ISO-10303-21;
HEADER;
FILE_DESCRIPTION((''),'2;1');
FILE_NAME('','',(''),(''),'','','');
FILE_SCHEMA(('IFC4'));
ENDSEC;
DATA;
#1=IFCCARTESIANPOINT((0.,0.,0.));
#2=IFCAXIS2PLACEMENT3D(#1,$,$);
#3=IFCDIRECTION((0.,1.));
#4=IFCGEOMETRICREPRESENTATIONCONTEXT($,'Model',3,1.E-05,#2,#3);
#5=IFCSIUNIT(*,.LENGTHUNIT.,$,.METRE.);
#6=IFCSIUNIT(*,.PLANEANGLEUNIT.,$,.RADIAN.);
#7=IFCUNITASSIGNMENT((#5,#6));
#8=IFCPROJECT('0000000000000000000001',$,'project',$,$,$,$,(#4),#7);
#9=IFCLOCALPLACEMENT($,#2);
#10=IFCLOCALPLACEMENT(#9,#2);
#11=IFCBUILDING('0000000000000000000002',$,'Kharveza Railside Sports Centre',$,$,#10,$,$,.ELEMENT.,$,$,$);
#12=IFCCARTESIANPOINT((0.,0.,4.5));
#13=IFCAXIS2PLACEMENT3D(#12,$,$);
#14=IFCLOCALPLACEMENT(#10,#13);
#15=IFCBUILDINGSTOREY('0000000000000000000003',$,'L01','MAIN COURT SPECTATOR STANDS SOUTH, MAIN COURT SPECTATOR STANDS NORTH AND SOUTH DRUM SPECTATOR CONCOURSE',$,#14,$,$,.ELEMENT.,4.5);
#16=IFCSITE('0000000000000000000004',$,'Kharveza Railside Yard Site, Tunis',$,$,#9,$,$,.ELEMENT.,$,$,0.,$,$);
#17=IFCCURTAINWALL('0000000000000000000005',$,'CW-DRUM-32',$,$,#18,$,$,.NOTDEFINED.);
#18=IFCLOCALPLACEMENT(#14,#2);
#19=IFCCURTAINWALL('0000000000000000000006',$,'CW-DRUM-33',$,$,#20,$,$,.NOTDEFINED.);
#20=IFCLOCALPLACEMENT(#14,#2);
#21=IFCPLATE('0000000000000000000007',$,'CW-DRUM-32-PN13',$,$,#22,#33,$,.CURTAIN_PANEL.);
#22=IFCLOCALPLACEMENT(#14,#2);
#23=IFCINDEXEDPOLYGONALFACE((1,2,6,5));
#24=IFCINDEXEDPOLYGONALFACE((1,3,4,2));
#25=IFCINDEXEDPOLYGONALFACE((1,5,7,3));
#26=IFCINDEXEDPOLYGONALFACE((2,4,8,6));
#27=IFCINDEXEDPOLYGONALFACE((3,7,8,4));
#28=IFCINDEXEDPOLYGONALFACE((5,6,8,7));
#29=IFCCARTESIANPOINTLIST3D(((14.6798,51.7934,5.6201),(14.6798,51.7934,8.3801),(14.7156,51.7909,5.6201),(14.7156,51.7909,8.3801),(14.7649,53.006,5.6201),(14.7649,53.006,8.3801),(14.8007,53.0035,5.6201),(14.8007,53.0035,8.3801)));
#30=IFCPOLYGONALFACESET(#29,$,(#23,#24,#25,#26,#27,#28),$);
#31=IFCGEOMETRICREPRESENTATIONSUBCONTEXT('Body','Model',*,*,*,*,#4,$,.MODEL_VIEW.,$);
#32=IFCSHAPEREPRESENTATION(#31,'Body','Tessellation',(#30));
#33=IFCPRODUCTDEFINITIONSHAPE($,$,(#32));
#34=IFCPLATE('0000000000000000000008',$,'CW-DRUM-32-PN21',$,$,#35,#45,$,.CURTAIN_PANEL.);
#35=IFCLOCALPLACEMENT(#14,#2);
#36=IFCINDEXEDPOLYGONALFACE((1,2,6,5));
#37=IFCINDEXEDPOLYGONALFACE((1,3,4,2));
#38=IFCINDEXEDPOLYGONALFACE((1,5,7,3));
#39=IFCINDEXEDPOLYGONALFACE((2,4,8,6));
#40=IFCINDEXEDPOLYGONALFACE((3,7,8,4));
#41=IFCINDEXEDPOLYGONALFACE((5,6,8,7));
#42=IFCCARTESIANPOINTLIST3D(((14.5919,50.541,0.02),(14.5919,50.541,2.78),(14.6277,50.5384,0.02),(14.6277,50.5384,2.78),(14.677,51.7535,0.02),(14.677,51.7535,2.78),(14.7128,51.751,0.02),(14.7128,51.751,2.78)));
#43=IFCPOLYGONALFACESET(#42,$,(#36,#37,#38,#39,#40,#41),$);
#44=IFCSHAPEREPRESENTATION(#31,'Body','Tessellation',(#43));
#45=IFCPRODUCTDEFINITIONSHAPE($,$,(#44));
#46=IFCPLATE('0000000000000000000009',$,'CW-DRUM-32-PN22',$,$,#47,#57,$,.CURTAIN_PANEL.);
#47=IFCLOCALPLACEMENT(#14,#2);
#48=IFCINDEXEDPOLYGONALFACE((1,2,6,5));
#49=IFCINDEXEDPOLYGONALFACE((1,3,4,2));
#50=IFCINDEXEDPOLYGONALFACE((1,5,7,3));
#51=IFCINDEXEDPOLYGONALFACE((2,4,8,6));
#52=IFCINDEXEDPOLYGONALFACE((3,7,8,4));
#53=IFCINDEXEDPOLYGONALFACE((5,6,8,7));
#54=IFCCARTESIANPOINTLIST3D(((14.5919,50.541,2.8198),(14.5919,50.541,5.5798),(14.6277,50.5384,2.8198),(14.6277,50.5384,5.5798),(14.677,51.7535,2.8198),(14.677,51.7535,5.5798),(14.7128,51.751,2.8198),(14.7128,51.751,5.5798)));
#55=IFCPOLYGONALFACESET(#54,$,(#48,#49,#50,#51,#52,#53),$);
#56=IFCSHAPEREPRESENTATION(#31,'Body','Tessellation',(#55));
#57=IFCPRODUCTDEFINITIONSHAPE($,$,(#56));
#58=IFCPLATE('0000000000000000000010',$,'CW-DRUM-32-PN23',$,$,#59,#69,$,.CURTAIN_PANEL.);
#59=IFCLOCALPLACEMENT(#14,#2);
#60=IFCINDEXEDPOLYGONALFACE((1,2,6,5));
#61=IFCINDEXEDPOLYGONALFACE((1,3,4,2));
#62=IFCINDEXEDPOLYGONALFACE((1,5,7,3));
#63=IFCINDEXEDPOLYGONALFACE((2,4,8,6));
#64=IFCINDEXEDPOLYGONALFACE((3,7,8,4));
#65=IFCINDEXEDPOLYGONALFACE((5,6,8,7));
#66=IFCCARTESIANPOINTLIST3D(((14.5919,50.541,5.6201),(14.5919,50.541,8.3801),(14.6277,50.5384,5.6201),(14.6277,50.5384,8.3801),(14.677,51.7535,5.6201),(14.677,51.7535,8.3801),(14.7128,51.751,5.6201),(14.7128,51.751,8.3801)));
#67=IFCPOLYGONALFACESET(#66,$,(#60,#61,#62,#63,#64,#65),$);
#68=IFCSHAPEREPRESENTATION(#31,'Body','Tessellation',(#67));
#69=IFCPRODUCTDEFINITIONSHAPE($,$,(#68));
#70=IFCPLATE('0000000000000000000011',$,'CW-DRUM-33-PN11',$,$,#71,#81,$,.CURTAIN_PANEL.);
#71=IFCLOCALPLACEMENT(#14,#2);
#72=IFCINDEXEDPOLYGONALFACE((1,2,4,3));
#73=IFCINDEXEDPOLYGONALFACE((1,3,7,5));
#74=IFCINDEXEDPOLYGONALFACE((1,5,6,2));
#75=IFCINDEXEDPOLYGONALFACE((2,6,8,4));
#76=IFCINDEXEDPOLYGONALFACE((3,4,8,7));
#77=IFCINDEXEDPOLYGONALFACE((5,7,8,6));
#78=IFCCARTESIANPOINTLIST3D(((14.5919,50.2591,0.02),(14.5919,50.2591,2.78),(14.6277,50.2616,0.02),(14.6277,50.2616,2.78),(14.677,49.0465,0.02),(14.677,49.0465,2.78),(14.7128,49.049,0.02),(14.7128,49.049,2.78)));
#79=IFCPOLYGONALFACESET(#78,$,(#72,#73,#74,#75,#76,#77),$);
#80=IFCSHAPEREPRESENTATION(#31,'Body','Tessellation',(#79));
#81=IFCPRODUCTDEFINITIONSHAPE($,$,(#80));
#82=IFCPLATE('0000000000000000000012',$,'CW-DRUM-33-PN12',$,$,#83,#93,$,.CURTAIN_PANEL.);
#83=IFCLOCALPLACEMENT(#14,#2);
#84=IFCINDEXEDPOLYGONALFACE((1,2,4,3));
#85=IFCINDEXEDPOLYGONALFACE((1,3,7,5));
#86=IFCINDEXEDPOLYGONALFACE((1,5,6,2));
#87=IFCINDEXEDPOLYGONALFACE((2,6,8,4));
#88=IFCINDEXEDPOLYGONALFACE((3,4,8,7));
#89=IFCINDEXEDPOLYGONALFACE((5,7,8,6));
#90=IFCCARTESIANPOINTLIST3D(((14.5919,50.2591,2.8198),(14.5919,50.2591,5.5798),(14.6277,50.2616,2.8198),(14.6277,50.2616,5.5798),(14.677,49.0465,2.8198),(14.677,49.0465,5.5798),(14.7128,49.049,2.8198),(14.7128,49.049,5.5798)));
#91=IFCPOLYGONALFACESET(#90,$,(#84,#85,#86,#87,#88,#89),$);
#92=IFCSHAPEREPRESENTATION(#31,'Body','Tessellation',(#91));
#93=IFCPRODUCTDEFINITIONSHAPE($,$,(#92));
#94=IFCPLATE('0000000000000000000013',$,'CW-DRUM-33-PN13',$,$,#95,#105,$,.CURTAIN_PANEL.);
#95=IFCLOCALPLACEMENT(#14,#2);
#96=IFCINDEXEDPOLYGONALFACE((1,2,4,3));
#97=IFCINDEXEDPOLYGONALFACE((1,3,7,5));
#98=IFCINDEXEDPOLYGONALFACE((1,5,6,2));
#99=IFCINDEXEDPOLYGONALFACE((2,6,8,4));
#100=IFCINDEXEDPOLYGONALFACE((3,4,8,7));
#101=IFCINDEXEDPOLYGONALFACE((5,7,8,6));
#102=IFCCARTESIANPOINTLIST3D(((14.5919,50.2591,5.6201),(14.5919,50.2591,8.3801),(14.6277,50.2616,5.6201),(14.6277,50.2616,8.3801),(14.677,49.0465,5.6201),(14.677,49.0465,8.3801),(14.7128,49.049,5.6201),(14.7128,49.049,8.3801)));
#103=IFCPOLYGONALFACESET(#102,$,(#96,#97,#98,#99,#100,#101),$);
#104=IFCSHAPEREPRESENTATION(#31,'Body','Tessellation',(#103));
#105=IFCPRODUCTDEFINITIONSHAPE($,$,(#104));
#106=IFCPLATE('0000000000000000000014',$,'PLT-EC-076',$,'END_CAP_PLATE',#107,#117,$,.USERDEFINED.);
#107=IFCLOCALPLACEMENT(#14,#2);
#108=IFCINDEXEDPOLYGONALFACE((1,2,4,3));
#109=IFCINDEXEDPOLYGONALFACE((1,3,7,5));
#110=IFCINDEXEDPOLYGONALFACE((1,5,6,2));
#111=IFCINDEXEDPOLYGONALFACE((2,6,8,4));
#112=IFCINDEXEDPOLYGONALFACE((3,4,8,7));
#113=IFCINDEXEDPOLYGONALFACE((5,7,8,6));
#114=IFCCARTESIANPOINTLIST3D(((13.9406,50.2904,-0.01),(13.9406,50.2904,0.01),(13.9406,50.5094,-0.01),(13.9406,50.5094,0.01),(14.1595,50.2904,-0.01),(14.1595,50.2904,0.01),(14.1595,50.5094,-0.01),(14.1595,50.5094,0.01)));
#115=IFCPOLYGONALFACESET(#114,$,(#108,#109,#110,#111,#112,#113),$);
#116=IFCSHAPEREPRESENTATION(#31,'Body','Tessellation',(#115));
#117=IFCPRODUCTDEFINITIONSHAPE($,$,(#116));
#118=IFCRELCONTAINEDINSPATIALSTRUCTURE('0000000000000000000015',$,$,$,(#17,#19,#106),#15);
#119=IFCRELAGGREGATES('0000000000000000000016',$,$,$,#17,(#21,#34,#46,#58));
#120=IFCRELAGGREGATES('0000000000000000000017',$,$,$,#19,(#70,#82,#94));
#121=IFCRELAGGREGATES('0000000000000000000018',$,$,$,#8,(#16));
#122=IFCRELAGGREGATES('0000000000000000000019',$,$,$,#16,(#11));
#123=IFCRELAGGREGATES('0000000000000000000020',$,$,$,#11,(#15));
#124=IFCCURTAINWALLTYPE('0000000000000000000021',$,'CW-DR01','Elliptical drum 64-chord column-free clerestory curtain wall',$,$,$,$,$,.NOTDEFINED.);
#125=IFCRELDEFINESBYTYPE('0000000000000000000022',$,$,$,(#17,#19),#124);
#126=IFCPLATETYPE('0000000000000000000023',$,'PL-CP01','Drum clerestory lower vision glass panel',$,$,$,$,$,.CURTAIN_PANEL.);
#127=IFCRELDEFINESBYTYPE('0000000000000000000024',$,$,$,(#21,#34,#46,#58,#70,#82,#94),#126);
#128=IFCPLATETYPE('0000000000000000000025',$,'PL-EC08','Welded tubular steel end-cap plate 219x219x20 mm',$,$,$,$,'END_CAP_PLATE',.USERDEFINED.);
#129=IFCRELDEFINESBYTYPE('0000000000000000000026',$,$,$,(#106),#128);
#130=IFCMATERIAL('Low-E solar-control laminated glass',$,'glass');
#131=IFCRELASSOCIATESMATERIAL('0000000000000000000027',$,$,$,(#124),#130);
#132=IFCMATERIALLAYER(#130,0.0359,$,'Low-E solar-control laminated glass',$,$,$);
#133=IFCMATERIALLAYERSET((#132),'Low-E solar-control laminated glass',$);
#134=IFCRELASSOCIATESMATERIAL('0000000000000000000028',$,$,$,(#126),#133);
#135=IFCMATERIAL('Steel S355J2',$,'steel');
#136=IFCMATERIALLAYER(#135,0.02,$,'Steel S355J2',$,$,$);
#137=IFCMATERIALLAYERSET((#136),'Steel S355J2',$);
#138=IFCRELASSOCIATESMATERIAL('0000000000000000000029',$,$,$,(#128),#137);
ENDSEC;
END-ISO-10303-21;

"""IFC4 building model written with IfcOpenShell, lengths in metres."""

from ifc_helpers import new_model, si_unit, direction, frame, origin, origin_2d, place, context, subcontext, project, spatial, rectangle, extrude, material, layer, layer_set, type_object, element, aggregate, save


model = new_model("IFC4")

# Units and contexts
model_context = context("Model", 3, precision=1e-05, world=origin(), true_north=direction((0.0, 1.0)))
body_context = subcontext(model_context, "Body", "Model", "MODEL_VIEW")
ifc_project = project(units=[si_unit("LENGTHUNIT", "METRE"), si_unit("PLANEANGLEUNIT", "RADIAN")], contexts=[model_context])

# Site, building, storey
site_placement = place(None, origin())
site = spatial("IfcSite", under=ifc_project, at=site_placement, Name="Kharveza Railside Yard Site, Tunis", CompositionType="ELEMENT", RefElevation=0.0)
building_placement = place(site_placement, origin())
building = spatial("IfcBuilding", under=site, at=building_placement, Name="Kharveza Railside Sports Centre", CompositionType="ELEMENT")
storey_placement = place(building_placement, frame((0.0, 0.0, 4.5)))
storey = spatial("IfcBuildingStorey", under=building, at=storey_placement, Name="L01", Description="MAIN COURT SPECTATOR STANDS SOUTH, MAIN COURT SPECTATOR STANDS NORTH AND SOUTH DRUM SPECTATOR CONCOURSE", CompositionType="ELEMENT", Elevation=4.5)

# Shared definitions
ifc_material_1 = material(Name="Low-E solar-control laminated glass", Category="glass")
curtain_wall_type = type_object("IfcCurtainWallType", Name="CW-DR01", Description="Elliptical drum 64-chord column-free clerestory curtain wall", PredefinedType="NOTDEFINED", material=ifc_material_1)

# Curtain wall
curtain_wall_1_placement = place(storey_placement, origin())
curtain_wall_1 = element("IfcCurtainWall", 1, at=curtain_wall_1_placement, inside=storey, type_object=curtain_wall_type, Name="CW-DRUM-32", PredefinedType="NOTDEFINED")

# Curtain wall
curtain_wall_2_placement = place(storey_placement, origin())
curtain_wall_2 = element("IfcCurtainWall", 2, at=curtain_wall_2_placement, inside=storey, type_object=curtain_wall_type, Name="CW-DRUM-33", PredefinedType="NOTDEFINED")

# Shared definitions
ifc_material_2 = material(Name="Steel S355J2", Category="steel")

# Plates
ifc_layer_1 = layer(ifc_material_1, 0.0359, Name="Low-E solar-control laminated glass")
ifc_layer_set_1 = layer_set([ifc_layer_1], Name="Low-E solar-control laminated glass")
plate_type_1 = type_object("IfcPlateType", Name="PL-CP01", Description="Drum clerestory lower vision glass panel", PredefinedType="CURTAIN_PANEL", material=ifc_layer_set_1)
plate_1_placement = place(storey_placement, frame((14.7402, 52.3984, 5.6201), z_axis=(0.0, 0.0, 1.0), x_axis=(-0.070018, -0.997546, 0.0)))
plate_1 = element("IfcPlate", 3, at=plate_1_placement, type_object=plate_type_1, Name="CW-DRUM-32-PN13", PredefinedType="CURTAIN_PANEL", context=body_context, shape_type="SweptSolid", body=[
    extrude(rectangle(XDim=1.2156, YDim=0.0359, at=origin_2d()), origin(), (0.0, 0.0, 1.0), 2.76),
])
plate_2_placement = place(storey_placement, frame((14.6523, 51.146, 0.02), z_axis=(0.0, 0.0, 1.0), x_axis=(-0.070018, -0.997546, 0.0)))
plate_2 = element("IfcPlate", 4, at=plate_2_placement, type_object=plate_type_1, Name="CW-DRUM-32-PN21", PredefinedType="CURTAIN_PANEL", context=body_context, shape_type="SweptSolid", body=[
    extrude(rectangle(XDim=1.2156, YDim=0.0359, at=origin_2d()), origin(), (0.0, 0.0, 1.0), 2.76),
])
plate_3_placement = place(storey_placement, frame((14.6523, 51.146, 2.8198), z_axis=(0.0, 0.0, 1.0), x_axis=(-0.070018, -0.997546, 0.0)))
plate_3 = element("IfcPlate", 5, at=plate_3_placement, type_object=plate_type_1, Name="CW-DRUM-32-PN22", PredefinedType="CURTAIN_PANEL", context=body_context, shape_type="SweptSolid", body=[
    extrude(rectangle(XDim=1.2156, YDim=0.0359, at=origin_2d()), origin(), (0.0, 0.0, 1.0), 2.76),
])
plate_4_placement = place(storey_placement, frame((14.6523, 51.146, 5.6201), z_axis=(0.0, 0.0, 1.0), x_axis=(-0.070018, -0.997546, 0.0)))
plate_4 = element("IfcPlate", 6, at=plate_4_placement, type_object=plate_type_1, Name="CW-DRUM-32-PN23", PredefinedType="CURTAIN_PANEL", context=body_context, shape_type="SweptSolid", body=[
    extrude(rectangle(XDim=1.2156, YDim=0.0359, at=origin_2d()), origin(), (0.0, 0.0, 1.0), 2.76),
])
aggregate(curtain_wall_1, [plate_1, plate_2, plate_3, plate_4])
plate_5_placement = place(storey_placement, frame((14.6523, 49.6541, 0.02), z_axis=(0.0, 0.0, 1.0), x_axis=(0.070018, -0.997546, 0.0)))
plate_5 = element("IfcPlate", 7, at=plate_5_placement, type_object=plate_type_1, Name="CW-DRUM-33-PN11", PredefinedType="CURTAIN_PANEL", context=body_context, shape_type="SweptSolid", body=[
    extrude(rectangle(XDim=1.2156, YDim=0.0359, at=origin_2d()), origin(), (0.0, 0.0, 1.0), 2.76),
])
plate_6_placement = place(storey_placement, frame((14.6523, 49.6541, 2.8198), z_axis=(0.0, 0.0, 1.0), x_axis=(0.070018, -0.997546, 0.0)))
plate_6 = element("IfcPlate", 8, at=plate_6_placement, type_object=plate_type_1, Name="CW-DRUM-33-PN12", PredefinedType="CURTAIN_PANEL", context=body_context, shape_type="SweptSolid", body=[
    extrude(rectangle(XDim=1.2156, YDim=0.0359, at=origin_2d()), origin(), (0.0, 0.0, 1.0), 2.76),
])
plate_7_placement = place(storey_placement, frame((14.6523, 49.6541, 5.6201), z_axis=(0.0, 0.0, 1.0), x_axis=(0.070018, -0.997546, 0.0)))
plate_7 = element("IfcPlate", 9, at=plate_7_placement, type_object=plate_type_1, Name="CW-DRUM-33-PN13", PredefinedType="CURTAIN_PANEL", context=body_context, shape_type="SweptSolid", body=[
    extrude(rectangle(XDim=1.2156, YDim=0.0359, at=origin_2d()), origin(), (0.0, 0.0, 1.0), 2.76),
])
aggregate(curtain_wall_2, [plate_5, plate_6, plate_7])
ifc_layer_2 = layer(ifc_material_2, 0.02, Name="Steel S355J2")
ifc_layer_set_2 = layer_set([ifc_layer_2], Name="Steel S355J2")
plate_type_2 = type_object("IfcPlateType", Name="PL-EC08", Description="Welded tubular steel end-cap plate 219x219x20 mm", ElementType="END_CAP_PLATE", PredefinedType="USERDEFINED", material=ifc_layer_set_2)
plate_8_placement = place(storey_placement, frame((14.05, 50.3999, -0.01), z_axis=(0.0, 0.0, 1.0), x_axis=(1.0, 0.0, 0.0)))
element("IfcPlate", 10, at=plate_8_placement, inside=storey, type_object=plate_type_2, Name="PLT-EC-076", ObjectType="END_CAP_PLATE", PredefinedType="USERDEFINED", context=body_context, shape_type="SweptSolid", body=[
    extrude(rectangle(XDim=0.219, YDim=0.219, at=origin_2d()), origin(), (0.0, 0.0, 1.0), 0.02),
])

save(model, "model.ifc")
